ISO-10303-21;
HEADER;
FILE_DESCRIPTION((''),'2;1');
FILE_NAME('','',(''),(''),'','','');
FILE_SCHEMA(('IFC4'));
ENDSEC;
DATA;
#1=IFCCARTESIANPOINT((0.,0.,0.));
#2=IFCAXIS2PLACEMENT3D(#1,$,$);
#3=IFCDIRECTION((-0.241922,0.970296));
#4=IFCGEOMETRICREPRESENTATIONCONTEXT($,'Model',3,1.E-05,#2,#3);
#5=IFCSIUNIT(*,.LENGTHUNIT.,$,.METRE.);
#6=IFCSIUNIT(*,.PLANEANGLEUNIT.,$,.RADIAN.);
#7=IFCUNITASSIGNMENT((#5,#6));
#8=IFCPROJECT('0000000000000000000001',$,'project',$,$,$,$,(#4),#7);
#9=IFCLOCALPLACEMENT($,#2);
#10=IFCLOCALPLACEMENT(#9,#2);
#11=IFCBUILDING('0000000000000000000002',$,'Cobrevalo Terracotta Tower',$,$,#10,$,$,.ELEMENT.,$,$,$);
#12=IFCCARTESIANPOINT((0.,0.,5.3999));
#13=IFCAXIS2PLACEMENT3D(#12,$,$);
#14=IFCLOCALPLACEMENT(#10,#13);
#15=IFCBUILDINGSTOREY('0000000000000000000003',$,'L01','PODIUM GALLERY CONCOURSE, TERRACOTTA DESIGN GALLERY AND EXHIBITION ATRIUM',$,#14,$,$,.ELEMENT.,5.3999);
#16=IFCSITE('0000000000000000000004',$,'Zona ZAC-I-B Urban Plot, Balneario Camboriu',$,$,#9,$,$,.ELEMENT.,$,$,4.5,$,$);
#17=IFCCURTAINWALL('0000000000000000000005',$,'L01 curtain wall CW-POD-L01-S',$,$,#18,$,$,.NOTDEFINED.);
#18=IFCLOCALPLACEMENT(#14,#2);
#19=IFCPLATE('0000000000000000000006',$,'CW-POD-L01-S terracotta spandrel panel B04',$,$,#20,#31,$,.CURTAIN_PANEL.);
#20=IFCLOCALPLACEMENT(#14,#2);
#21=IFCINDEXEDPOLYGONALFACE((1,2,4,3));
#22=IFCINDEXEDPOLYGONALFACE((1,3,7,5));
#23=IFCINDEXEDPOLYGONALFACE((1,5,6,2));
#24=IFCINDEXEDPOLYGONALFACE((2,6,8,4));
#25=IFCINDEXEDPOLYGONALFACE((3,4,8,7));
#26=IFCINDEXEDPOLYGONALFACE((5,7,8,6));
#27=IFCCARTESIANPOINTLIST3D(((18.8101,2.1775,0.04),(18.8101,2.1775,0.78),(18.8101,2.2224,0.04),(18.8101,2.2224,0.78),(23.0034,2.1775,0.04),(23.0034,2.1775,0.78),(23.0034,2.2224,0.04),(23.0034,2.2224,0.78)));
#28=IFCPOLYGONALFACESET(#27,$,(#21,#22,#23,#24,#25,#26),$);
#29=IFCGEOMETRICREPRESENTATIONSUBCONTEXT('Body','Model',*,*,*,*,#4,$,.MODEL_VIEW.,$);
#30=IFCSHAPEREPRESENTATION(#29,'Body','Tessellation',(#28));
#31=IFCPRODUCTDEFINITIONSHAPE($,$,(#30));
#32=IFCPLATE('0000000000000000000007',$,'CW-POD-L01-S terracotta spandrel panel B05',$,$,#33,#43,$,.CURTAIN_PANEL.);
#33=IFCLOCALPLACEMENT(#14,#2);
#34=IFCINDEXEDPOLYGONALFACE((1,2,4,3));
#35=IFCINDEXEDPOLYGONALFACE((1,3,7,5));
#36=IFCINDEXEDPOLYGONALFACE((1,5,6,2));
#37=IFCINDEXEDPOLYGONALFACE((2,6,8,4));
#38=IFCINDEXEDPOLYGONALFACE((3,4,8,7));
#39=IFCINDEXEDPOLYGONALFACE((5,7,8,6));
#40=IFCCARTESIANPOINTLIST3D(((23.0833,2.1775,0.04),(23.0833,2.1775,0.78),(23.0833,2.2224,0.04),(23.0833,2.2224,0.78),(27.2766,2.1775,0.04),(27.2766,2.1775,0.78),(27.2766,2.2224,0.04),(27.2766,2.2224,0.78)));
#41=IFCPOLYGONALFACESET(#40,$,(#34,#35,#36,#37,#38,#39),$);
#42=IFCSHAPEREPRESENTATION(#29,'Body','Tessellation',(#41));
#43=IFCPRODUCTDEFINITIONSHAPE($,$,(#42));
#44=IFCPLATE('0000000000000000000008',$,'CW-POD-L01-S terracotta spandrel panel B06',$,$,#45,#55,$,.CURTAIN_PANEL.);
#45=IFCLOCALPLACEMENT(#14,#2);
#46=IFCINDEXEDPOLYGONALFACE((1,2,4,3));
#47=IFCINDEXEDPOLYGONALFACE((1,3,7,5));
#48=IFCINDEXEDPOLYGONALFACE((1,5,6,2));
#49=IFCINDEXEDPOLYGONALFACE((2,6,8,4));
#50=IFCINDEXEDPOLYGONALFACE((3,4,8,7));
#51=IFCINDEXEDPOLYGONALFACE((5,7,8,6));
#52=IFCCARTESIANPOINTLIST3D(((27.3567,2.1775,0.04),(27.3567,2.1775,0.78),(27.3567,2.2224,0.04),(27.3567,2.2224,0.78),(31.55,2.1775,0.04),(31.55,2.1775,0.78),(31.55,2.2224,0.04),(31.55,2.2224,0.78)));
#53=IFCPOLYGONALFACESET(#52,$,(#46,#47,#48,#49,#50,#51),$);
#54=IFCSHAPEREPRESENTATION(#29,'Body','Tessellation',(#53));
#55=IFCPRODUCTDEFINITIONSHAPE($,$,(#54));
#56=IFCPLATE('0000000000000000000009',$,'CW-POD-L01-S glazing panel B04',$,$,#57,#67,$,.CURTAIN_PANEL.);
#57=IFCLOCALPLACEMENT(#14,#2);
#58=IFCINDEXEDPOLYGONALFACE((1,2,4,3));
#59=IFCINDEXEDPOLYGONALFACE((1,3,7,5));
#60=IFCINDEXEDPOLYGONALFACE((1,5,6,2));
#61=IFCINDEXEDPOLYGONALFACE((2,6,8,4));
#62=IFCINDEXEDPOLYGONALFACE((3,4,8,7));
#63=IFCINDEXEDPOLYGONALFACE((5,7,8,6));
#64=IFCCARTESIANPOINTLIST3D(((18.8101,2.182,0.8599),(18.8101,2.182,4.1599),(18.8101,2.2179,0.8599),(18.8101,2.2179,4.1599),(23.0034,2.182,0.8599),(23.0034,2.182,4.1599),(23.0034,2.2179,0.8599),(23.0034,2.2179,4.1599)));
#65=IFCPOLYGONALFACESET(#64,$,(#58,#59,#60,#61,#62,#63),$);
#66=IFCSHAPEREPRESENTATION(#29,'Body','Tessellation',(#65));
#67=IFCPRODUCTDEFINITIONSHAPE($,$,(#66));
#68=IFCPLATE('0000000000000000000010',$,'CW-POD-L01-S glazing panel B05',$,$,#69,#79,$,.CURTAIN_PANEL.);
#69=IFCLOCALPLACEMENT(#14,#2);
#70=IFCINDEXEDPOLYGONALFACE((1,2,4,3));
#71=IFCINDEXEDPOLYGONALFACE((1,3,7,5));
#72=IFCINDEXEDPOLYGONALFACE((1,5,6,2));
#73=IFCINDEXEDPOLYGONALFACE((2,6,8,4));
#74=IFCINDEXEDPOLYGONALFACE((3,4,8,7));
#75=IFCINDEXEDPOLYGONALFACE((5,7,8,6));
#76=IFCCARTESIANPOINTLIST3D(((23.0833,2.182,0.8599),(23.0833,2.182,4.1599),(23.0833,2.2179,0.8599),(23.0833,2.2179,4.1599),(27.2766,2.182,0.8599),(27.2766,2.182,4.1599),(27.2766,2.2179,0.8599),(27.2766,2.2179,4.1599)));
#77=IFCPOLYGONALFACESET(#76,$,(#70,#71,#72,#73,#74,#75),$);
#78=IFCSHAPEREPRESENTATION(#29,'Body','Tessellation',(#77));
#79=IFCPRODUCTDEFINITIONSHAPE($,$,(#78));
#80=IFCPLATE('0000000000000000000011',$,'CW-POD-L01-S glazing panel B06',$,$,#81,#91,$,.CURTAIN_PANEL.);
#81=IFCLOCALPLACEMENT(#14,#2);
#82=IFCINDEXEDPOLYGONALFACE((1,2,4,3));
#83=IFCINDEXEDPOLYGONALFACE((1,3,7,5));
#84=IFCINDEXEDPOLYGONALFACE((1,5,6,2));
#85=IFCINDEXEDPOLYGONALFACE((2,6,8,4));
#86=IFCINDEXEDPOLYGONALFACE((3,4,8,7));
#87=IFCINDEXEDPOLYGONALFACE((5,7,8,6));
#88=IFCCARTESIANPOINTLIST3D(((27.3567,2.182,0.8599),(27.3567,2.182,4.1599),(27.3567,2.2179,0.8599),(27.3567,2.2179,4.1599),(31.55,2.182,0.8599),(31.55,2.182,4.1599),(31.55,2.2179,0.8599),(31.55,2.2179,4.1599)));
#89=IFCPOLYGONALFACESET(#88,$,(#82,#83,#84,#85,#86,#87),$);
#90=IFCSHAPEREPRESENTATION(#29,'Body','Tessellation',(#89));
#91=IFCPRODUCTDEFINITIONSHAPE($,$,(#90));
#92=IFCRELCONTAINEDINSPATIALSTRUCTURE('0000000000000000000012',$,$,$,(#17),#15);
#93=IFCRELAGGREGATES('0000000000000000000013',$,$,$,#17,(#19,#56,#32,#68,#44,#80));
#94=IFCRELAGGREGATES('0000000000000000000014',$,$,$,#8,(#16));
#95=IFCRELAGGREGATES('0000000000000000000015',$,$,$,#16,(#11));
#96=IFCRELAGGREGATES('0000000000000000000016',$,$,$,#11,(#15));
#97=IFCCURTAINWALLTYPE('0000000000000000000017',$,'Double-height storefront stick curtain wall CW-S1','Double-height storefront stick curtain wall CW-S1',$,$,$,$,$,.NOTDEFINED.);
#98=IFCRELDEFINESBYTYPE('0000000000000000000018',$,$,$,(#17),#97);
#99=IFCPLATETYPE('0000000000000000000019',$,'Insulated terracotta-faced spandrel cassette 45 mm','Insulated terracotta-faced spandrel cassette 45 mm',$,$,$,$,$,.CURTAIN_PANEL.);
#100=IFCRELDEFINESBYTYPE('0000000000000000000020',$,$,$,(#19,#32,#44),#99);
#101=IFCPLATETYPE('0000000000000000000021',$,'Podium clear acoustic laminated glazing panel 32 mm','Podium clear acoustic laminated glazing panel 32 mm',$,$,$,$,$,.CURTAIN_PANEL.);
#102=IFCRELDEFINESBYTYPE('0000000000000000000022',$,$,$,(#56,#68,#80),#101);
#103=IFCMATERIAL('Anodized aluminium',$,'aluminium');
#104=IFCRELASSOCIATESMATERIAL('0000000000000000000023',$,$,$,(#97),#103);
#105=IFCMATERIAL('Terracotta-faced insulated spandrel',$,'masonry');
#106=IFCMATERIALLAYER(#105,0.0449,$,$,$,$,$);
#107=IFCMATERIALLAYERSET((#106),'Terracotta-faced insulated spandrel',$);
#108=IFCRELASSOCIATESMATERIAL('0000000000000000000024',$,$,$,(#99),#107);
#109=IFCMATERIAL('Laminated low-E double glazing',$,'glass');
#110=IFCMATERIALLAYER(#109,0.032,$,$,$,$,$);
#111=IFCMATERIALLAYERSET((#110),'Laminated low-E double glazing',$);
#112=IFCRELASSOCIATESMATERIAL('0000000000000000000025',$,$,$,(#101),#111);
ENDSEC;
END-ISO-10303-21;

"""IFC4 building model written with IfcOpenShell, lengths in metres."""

from ifc_helpers import new_model, si_unit, direction, frame, origin, origin_2d, place, context, subcontext, project, spatial, rectangle, extrude, source, transform, mapped, material, layer, layer_set, type_object, element, aggregate, save


model = new_model("IFC4")

# Units and contexts
model_context = context("Model", 3, precision=1e-05, world=origin(), true_north=direction((-0.241922, 0.970296)))
body_context = subcontext(model_context, "Body", "Model", "MODEL_VIEW")
ifc_project = project(units=[si_unit("LENGTHUNIT", "METRE"), si_unit("PLANEANGLEUNIT", "RADIAN")], contexts=[model_context])

# Site, building, storey
site_placement = place(None, origin())
site = spatial("IfcSite", under=ifc_project, at=site_placement, Name="Zona ZAC-I-B Urban Plot, Balneario Camboriu", CompositionType="ELEMENT", RefElevation=4.5)
building_placement = place(site_placement, origin())
building = spatial("IfcBuilding", under=site, at=building_placement, Name="Cobrevalo Terracotta Tower", CompositionType="ELEMENT")
storey_placement = place(building_placement, frame((0.0, 0.0, 5.3999)))
storey = spatial("IfcBuildingStorey", under=building, at=storey_placement, Name="L01", Description="PODIUM GALLERY CONCOURSE, TERRACOTTA DESIGN GALLERY AND EXHIBITION ATRIUM", CompositionType="ELEMENT", Elevation=5.3999)

# Curtain wall, plates
ifc_material_1 = material(Name="Anodized aluminium", Category="aluminium")
curtain_wall_type = type_object("IfcCurtainWallType", Name="Double-height storefront stick curtain wall CW-S1", Description="Double-height storefront stick curtain wall CW-S1", PredefinedType="NOTDEFINED", material=ifc_material_1)
curtain_wall_placement = place(storey_placement, origin())
curtain_wall = element("IfcCurtainWall", 1, at=curtain_wall_placement, inside=storey, type_object=curtain_wall_type, Name="L01 curtain wall CW-POD-L01-S", PredefinedType="NOTDEFINED")
ifc_material_2 = material(Name="Terracotta-faced insulated spandrel", Category="masonry")
ifc_layer_1 = layer(ifc_material_2, 0.0449)
ifc_layer_set_1 = layer_set([ifc_layer_1], Name="Terracotta-faced insulated spandrel")
plate_type_1 = type_object("IfcPlateType", Name="Insulated terracotta-faced spandrel cassette 45 mm", Description="Insulated terracotta-faced spandrel cassette 45 mm", PredefinedType="CURTAIN_PANEL", material=ifc_layer_set_1)
shared_shape_1 = source(origin(), body_context, "Body", "SweptSolid", [
    extrude(rectangle(XDim=4.1934, YDim=0.0449, at=origin_2d()), origin(), (0.0, 0.0, 1.0), 0.74),
])
plate_1_placement = place(storey_placement, frame((20.9067, 2.2, 0.04), z_axis=(0.0, 0.0, 1.0), x_axis=(1.0, 0.0, 0.0)))
plate_1 = element("IfcPlate", 2, at=plate_1_placement, type_object=plate_type_1, Name="CW-POD-L01-S terracotta spandrel panel B04", PredefinedType="CURTAIN_PANEL", context=body_context, shape_type="MappedRepresentation", body=[
    mapped(shared_shape_1, transform((0.0, 0.0, 0.0), scale=1.0)),
])
plate_2_placement = place(storey_placement, frame((25.1799, 2.2, 0.04), z_axis=(0.0, 0.0, 1.0), x_axis=(1.0, 0.0, 0.0)))
plate_2 = element("IfcPlate", 3, at=plate_2_placement, type_object=plate_type_1, Name="CW-POD-L01-S terracotta spandrel panel B05", PredefinedType="CURTAIN_PANEL", context=body_context, shape_type="MappedRepresentation", body=[
    mapped(shared_shape_1, transform((0.0, 0.0, 0.0), scale=1.0)),
])
plate_3_placement = place(storey_placement, frame((29.4534, 2.2, 0.04), z_axis=(0.0, 0.0, 1.0), x_axis=(1.0, 0.0, 0.0)))
plate_3 = element("IfcPlate", 4, at=plate_3_placement, type_object=plate_type_1, Name="CW-POD-L01-S terracotta spandrel panel B06", PredefinedType="CURTAIN_PANEL", context=body_context, shape_type="MappedRepresentation", body=[
    mapped(shared_shape_1, transform((0.0, 0.0, 0.0), scale=1.0)),
])
ifc_material_3 = material(Name="Laminated low-E double glazing", Category="glass")
ifc_layer_2 = layer(ifc_material_3, 0.032)
ifc_layer_set_2 = layer_set([ifc_layer_2], Name="Laminated low-E double glazing")
plate_type_2 = type_object("IfcPlateType", Name="Podium clear acoustic laminated glazing panel 32 mm", Description="Podium clear acoustic laminated glazing panel 32 mm", PredefinedType="CURTAIN_PANEL", material=ifc_layer_set_2)
shared_shape_2 = source(origin(), body_context, "Body", "SweptSolid", [
    extrude(rectangle(XDim=4.1934, YDim=0.0359, at=origin_2d()), origin(), (0.0, 0.0, 1.0), 3.3),
])
plate_4_placement = place(storey_placement, frame((20.9067, 2.2, 0.8599), z_axis=(0.0, 0.0, 1.0), x_axis=(1.0, 0.0, 0.0)))
plate_4 = element("IfcPlate", 5, at=plate_4_placement, type_object=plate_type_2, Name="CW-POD-L01-S glazing panel B04", PredefinedType="CURTAIN_PANEL", context=body_context, shape_type="MappedRepresentation", body=[
    mapped(shared_shape_2, transform((0.0, 0.0, 0.0), scale=1.0)),
])
plate_5_placement = place(storey_placement, frame((25.1799, 2.2, 0.8599), z_axis=(0.0, 0.0, 1.0), x_axis=(1.0, 0.0, 0.0)))
plate_5 = element("IfcPlate", 6, at=plate_5_placement, type_object=plate_type_2, Name="CW-POD-L01-S glazing panel B05", PredefinedType="CURTAIN_PANEL", context=body_context, shape_type="MappedRepresentation", body=[
    mapped(shared_shape_2, transform((0.0, 0.0, 0.0), scale=1.0)),
])
plate_6_placement = place(storey_placement, frame((29.4534, 2.2, 0.8599), z_axis=(0.0, 0.0, 1.0), x_axis=(1.0, 0.0, 0.0)))
plate_6 = element("IfcPlate", 7, at=plate_6_placement, type_object=plate_type_2, Name="CW-POD-L01-S glazing panel B06", PredefinedType="CURTAIN_PANEL", context=body_context, shape_type="MappedRepresentation", body=[
    mapped(shared_shape_2, transform((0.0, 0.0, 0.0), scale=1.0)),
])
aggregate(curtain_wall, [plate_1, plate_4, plate_2, plate_5, plate_3, plate_6])

save(model, "model.ifc")
